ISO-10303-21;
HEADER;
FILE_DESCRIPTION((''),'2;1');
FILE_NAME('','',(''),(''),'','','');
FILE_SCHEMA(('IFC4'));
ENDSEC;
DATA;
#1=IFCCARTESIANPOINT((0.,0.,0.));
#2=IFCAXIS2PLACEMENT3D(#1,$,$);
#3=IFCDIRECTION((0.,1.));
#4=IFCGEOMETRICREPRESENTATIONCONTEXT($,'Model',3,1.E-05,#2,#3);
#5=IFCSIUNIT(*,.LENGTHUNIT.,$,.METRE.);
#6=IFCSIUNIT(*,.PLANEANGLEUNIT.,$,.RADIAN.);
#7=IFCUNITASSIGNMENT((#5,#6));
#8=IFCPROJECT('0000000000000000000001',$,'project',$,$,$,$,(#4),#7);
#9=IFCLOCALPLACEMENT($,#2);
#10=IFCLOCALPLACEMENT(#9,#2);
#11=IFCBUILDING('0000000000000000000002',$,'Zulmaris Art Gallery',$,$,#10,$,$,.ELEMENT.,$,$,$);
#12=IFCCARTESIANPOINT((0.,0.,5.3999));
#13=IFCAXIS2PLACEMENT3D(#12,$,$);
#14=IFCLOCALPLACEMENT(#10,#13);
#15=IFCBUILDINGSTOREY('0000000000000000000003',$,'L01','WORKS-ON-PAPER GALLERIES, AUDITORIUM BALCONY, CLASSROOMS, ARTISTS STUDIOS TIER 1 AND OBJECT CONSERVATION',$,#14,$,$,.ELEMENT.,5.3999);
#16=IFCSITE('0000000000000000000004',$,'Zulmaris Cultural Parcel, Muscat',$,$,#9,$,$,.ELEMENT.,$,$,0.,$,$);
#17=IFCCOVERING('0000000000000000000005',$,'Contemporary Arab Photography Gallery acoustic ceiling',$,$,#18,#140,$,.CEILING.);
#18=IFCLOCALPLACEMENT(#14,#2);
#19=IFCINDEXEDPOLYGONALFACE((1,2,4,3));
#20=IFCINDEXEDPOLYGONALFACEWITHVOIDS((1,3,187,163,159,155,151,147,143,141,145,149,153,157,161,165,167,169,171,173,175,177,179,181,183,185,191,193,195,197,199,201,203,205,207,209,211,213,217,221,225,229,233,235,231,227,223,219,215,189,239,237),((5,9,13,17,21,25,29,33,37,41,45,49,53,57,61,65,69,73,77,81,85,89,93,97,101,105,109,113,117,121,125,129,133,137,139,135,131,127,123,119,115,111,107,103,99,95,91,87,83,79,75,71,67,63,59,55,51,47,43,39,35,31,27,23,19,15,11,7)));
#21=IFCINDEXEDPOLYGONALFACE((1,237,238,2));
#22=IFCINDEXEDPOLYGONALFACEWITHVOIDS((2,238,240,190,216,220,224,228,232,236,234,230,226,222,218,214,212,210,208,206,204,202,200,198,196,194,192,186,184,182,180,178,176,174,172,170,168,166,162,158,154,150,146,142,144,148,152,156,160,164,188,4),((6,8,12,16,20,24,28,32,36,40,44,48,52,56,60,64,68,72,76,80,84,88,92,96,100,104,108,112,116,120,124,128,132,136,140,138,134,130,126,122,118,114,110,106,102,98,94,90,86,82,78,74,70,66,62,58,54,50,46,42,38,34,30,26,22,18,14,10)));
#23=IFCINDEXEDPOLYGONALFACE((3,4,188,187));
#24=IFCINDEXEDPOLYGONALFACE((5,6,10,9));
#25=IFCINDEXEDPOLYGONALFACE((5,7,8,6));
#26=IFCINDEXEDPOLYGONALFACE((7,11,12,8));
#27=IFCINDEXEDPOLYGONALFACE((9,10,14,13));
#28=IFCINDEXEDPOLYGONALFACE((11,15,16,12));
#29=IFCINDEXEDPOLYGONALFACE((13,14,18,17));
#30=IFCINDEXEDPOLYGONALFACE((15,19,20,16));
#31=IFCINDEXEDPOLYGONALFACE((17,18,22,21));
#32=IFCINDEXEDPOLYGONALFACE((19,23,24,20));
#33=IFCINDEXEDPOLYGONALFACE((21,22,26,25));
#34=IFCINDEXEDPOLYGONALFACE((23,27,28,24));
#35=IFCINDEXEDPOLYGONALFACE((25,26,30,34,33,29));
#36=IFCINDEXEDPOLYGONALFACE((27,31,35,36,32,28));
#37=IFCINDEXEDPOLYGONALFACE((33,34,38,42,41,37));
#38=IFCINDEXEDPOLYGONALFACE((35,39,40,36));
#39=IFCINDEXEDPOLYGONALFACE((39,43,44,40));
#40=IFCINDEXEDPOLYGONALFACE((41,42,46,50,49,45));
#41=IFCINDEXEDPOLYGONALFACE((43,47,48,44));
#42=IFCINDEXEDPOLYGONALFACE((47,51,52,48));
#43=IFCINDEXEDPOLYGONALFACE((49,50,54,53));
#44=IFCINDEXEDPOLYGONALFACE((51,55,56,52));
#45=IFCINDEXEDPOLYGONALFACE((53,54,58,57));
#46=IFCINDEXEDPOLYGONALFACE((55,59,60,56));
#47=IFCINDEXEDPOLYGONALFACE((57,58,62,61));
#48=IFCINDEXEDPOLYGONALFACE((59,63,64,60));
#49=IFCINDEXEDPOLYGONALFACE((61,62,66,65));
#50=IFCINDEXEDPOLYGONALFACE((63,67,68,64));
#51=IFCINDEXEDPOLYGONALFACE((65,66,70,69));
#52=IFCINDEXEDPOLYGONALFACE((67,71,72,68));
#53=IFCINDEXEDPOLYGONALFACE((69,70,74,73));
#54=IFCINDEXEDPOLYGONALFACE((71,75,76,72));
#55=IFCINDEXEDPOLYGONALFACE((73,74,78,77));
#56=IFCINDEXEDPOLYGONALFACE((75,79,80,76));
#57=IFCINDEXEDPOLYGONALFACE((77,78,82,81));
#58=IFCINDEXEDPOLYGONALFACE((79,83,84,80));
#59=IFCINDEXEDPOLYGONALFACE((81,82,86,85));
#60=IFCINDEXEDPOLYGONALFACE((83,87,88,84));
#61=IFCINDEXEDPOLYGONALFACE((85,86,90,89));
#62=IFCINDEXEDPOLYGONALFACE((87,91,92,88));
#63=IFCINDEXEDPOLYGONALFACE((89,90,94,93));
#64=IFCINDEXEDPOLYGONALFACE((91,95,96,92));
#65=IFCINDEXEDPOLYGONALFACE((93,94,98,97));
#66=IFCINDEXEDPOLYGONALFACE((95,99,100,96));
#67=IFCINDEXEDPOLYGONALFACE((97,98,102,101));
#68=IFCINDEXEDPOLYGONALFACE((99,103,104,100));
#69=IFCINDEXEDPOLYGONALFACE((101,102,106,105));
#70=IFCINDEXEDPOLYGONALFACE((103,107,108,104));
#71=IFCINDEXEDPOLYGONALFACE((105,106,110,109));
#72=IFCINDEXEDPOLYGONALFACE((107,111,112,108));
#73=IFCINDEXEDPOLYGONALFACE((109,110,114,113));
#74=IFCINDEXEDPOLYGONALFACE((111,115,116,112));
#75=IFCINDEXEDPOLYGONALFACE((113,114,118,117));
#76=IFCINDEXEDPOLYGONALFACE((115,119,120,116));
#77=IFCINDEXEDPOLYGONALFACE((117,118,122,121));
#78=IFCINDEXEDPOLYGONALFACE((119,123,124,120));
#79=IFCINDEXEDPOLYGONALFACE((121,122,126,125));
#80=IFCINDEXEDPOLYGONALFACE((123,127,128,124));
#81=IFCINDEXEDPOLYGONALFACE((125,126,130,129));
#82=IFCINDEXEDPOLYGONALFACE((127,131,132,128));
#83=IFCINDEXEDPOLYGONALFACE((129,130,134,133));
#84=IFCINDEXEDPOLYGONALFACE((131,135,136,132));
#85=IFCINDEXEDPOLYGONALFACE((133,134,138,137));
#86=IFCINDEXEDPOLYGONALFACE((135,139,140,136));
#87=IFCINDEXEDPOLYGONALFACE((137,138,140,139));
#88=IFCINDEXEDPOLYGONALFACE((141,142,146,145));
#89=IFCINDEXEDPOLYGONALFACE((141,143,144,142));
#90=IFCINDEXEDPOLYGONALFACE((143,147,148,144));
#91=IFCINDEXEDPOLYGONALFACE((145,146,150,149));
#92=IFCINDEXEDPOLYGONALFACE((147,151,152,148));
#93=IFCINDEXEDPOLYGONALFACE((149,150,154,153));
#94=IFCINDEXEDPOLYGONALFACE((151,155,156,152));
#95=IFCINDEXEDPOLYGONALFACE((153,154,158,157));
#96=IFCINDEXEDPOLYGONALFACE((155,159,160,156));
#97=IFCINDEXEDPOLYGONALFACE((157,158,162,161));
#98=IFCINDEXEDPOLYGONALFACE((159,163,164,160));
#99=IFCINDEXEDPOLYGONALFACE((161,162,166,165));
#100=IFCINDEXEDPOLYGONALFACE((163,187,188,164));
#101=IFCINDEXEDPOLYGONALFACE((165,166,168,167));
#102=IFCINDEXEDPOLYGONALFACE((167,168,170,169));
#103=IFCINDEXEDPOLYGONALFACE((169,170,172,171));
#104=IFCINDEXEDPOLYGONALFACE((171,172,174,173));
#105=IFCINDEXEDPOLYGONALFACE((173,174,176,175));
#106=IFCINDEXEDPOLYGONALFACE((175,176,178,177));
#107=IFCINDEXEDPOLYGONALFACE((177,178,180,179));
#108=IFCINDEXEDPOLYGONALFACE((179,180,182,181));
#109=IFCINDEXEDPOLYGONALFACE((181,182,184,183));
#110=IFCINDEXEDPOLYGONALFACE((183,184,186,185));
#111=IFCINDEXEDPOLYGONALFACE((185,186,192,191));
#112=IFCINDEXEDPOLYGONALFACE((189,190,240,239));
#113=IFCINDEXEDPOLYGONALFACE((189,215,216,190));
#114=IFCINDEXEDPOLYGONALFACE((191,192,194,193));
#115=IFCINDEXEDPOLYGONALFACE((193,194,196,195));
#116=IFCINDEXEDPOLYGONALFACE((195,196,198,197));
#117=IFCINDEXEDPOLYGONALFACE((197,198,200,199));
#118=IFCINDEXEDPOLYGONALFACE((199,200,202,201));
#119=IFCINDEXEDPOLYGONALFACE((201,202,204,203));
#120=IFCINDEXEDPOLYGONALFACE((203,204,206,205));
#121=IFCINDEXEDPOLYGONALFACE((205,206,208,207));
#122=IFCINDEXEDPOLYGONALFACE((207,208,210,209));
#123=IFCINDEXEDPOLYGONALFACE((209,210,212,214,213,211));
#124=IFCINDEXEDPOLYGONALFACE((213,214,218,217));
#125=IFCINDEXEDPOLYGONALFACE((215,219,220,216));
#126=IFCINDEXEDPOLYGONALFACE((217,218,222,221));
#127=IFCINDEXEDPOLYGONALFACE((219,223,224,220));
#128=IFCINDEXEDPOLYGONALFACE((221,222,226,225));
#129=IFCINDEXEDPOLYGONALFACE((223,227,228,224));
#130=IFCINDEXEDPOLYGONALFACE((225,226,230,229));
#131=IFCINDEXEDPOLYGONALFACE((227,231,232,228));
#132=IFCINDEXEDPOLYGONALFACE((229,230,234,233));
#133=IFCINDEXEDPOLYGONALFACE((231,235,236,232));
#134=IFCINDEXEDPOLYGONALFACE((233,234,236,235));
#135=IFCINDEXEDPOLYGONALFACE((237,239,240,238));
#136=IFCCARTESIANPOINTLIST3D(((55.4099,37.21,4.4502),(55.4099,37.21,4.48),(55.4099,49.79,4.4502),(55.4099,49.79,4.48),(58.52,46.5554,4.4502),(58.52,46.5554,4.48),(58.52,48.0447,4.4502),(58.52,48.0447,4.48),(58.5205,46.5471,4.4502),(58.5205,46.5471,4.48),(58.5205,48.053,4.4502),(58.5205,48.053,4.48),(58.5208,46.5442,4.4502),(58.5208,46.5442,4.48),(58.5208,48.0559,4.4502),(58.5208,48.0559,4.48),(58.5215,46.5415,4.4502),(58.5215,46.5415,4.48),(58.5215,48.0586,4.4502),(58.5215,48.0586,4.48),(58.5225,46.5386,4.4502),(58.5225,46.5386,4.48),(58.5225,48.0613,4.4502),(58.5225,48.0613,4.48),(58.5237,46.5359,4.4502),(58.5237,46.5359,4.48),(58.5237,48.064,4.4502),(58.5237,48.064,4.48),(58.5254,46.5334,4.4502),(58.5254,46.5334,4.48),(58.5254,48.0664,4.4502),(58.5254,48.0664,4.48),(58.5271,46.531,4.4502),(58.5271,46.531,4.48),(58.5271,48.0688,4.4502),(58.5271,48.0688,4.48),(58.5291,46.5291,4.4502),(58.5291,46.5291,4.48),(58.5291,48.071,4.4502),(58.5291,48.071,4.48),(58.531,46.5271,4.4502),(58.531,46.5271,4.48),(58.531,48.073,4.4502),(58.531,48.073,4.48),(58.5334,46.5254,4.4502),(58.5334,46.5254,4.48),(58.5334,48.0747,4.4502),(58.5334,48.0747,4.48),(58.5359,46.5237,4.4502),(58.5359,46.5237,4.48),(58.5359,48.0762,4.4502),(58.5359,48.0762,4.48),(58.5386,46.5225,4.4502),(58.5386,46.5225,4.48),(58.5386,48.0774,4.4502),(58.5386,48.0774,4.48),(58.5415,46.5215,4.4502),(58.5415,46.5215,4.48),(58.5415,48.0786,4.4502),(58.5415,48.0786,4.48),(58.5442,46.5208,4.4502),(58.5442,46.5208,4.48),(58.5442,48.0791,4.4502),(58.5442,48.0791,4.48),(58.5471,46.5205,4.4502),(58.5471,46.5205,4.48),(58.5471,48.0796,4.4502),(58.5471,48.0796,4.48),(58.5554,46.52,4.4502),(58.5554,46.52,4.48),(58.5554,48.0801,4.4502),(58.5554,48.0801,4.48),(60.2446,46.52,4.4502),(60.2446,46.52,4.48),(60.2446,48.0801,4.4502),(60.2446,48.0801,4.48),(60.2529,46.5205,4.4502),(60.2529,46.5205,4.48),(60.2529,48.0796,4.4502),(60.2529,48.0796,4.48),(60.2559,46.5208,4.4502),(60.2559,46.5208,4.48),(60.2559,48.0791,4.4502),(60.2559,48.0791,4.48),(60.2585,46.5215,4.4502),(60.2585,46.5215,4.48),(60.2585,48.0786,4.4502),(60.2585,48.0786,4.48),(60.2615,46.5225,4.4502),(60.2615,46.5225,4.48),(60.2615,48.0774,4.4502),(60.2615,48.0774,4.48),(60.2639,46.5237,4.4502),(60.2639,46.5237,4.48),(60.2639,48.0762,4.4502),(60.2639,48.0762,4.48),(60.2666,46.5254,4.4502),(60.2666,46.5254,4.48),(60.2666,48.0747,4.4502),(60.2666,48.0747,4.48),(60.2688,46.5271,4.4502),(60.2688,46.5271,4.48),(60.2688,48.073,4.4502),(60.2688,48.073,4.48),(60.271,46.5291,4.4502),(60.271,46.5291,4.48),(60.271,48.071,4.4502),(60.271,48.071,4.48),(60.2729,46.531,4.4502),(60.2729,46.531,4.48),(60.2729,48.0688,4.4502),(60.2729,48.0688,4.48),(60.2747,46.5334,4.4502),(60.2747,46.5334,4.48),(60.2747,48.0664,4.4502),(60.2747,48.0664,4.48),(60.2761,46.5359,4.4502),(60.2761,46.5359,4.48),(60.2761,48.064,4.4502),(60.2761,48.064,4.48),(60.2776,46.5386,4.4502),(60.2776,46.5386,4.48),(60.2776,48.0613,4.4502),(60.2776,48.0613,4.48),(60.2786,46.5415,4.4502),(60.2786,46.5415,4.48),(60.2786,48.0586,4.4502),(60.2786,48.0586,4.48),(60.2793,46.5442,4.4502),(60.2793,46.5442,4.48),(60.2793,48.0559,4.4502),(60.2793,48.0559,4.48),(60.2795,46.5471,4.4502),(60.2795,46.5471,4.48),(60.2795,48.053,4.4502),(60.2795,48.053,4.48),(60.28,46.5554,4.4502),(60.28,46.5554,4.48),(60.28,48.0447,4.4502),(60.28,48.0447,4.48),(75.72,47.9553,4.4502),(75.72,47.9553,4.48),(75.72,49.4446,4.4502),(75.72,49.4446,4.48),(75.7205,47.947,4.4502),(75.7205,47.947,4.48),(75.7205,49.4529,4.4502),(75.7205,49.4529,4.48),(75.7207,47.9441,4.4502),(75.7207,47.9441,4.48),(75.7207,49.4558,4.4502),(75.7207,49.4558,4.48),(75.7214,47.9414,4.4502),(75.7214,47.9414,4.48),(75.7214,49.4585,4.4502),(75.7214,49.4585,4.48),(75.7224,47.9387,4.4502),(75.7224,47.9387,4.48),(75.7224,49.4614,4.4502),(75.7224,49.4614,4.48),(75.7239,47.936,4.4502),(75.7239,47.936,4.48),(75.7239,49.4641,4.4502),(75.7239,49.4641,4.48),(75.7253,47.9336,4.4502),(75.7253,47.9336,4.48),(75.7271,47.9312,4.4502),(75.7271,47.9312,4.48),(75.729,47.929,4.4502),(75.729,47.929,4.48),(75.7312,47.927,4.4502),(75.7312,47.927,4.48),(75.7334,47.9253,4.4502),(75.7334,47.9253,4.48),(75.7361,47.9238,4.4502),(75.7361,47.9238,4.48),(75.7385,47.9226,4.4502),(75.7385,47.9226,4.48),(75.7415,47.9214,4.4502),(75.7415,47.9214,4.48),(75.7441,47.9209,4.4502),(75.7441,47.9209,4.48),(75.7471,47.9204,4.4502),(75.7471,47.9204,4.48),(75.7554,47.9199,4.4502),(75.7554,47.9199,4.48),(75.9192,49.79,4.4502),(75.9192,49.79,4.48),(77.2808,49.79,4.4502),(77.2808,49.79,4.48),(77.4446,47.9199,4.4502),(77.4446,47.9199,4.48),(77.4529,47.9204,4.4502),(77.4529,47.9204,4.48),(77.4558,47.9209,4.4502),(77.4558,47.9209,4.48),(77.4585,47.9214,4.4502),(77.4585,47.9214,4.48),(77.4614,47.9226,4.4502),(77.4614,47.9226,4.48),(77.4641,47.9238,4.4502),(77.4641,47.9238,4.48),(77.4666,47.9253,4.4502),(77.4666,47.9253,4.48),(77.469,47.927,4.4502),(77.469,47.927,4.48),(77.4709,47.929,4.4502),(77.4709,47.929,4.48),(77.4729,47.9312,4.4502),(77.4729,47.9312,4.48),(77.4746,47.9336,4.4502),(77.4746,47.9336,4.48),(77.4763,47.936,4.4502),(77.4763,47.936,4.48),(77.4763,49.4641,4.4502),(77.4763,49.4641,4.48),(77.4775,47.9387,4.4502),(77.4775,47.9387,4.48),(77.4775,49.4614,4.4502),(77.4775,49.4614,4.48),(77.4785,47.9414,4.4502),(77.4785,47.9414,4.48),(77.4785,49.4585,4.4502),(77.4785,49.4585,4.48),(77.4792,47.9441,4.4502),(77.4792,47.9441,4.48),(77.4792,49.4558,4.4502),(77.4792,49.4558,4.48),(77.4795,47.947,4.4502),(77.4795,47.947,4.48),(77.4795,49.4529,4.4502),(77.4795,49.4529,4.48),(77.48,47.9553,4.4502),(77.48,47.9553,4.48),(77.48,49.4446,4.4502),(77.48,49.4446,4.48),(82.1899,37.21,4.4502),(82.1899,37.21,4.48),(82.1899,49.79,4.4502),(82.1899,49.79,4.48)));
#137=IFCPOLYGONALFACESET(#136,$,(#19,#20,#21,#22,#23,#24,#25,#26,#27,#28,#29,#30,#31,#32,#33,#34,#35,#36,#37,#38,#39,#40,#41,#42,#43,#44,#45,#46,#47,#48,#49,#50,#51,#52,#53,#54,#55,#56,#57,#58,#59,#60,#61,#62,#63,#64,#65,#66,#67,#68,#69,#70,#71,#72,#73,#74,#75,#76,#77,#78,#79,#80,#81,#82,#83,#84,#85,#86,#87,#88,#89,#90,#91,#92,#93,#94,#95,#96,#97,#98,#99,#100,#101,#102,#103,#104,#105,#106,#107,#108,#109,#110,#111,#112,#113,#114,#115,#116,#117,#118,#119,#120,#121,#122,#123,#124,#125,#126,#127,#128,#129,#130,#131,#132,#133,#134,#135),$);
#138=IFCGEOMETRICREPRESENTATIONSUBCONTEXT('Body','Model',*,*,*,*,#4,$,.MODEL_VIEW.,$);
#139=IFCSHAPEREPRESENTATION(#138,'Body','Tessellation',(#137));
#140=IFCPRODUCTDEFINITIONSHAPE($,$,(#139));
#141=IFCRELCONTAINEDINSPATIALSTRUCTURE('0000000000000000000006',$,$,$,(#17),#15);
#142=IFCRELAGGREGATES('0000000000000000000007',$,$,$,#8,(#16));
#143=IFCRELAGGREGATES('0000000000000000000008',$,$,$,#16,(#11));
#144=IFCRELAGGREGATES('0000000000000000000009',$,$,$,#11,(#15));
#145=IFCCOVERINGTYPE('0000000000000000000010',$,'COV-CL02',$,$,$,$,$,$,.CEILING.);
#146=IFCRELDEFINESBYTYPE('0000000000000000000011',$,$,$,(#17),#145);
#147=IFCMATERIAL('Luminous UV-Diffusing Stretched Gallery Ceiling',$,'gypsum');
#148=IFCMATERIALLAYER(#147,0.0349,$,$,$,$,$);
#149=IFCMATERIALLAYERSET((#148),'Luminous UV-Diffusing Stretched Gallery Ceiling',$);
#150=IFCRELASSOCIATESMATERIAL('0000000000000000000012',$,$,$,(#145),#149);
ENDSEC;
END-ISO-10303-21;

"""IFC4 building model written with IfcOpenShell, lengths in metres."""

from ifc_helpers import new_model, si_unit, direction, frame, origin, place, context, subcontext, project, spatial, polyline, outline, extrude, material, layer, layer_set, type_object, element, save


model = new_model("IFC4")

# Units and contexts
model_context = context("Model", 3, precision=1e-05, world=origin(), true_north=direction((0.0, 1.0)))
body_context = subcontext(model_context, "Body", "Model", "MODEL_VIEW")
ifc_project = project(units=[si_unit("LENGTHUNIT", "METRE"), si_unit("PLANEANGLEUNIT", "RADIAN")], contexts=[model_context])

# Site, building, storey
site_placement = place(None, origin())
site = spatial("IfcSite", under=ifc_project, at=site_placement, Name="Zulmaris Cultural Parcel, Muscat", CompositionType="ELEMENT", RefElevation=0.0)
building_placement = place(site_placement, origin())
building = spatial("IfcBuilding", under=site, at=building_placement, Name="Zulmaris Art Gallery", CompositionType="ELEMENT")
storey_placement = place(building_placement, frame((0.0, 0.0, 5.3999)))
storey = spatial("IfcBuildingStorey", under=building, at=storey_placement, Name="L01", Description="WORKS-ON-PAPER GALLERIES, AUDITORIUM BALCONY, CLASSROOMS, ARTISTS STUDIOS TIER 1 AND OBJECT CONSERVATION", CompositionType="ELEMENT", Elevation=5.3999)

# Covering
ifc_material_1 = material(Name="Luminous UV-Diffusing Stretched Gallery Ceiling", Category="gypsum")
ifc_layer_1 = layer(ifc_material_1, 0.0349)
ifc_layer_set_1 = layer_set([ifc_layer_1], Name="Luminous UV-Diffusing Stretched Gallery Ceiling")
covering_type_1 = type_object("IfcCoveringType", Name="COV-CL02", PredefinedType="CEILING", material=ifc_layer_set_1)
covering_1_placement = place(storey_placement, frame((0.0, 0.0, 4.4502)))
element("IfcCovering", 1, at=covering_1_placement, inside=storey, type_object=covering_type_1, Name="Contemporary Arab Photography Gallery acoustic ceiling", PredefinedType="CEILING", context=body_context, shape_type="SweptSolid", body=[
    extrude(outline(polyline([(75.7214, 49.4585), (75.7207, 49.4558), (75.7205, 49.4529), (75.72, 49.4446), (75.72, 47.9553), (75.7205, 47.947), (75.7207, 47.9441), (75.7214, 47.9414), (75.7224, 47.9387), (75.7239, 47.936), (75.7253, 47.9336), (75.7271, 47.9312), (75.729, 47.929), (75.7312, 47.927), (75.7334, 47.9253), (75.7361, 47.9238), (75.7385, 47.9226), (75.7415, 47.9214), (75.7441, 47.9209), (75.7471, 47.9204), (75.7554, 47.9199), (77.4446, 47.9199), (77.4529, 47.9204), (77.4558, 47.9209), (77.4585, 47.9214), (77.4614, 47.9226), (77.4641, 47.9238), (77.4666, 47.9253), (77.469, 47.927), (77.4709, 47.929), (77.4729, 47.9312), (77.4746, 47.9336), (77.4763, 47.936), (77.4775, 47.9387), (77.4785, 47.9414), (77.4792, 47.9441), (77.4795, 47.947), (77.48, 47.9553), (77.48, 49.4446), (77.4795, 49.4529), (77.4792, 49.4558), (77.4785, 49.4585), (77.4775, 49.4614), (77.4763, 49.4641), (77.2808, 49.79), (82.1899, 49.79), (82.1899, 37.21), (55.4099, 37.21), (55.4099, 49.79), (75.9192, 49.79), (75.7239, 49.4641), (75.7224, 49.4614), (75.7214, 49.4585)]), holes=[polyline([(58.5415, 48.0786), (58.5386, 48.0774), (58.5359, 48.0762), (58.5334, 48.0747), (58.531, 48.073), (58.5291, 48.071), (58.5271, 48.0688), (58.5254, 48.0664), (58.5237, 48.064), (58.5225, 48.0613), (58.5215, 48.0586), (58.5208, 48.0559), (58.5205, 48.053), (58.52, 48.0447), (58.52, 46.5554), (58.5205, 46.5471), (58.5208, 46.5442), (58.5215, 46.5415), (58.5225, 46.5386), (58.5237, 46.5359), (58.5254, 46.5334), (58.5271, 46.531), (58.5291, 46.5291), (58.531, 46.5271), (58.5334, 46.5254), (58.5359, 46.5237), (58.5386, 46.5225), (58.5415, 46.5215), (58.5442, 46.5208), (58.5471, 46.5205), (58.5554, 46.52), (60.2446, 46.52), (60.2529, 46.5205), (60.2559, 46.5208), (60.2585, 46.5215), (60.2615, 46.5225), (60.2639, 46.5237), (60.2666, 46.5254), (60.2688, 46.5271), (60.271, 46.5291), (60.2729, 46.531), (60.2747, 46.5334), (60.2761, 46.5359), (60.2776, 46.5386), (60.2786, 46.5415), (60.2793, 46.5442), (60.2795, 46.5471), (60.28, 46.5554), (60.28, 48.0447), (60.2795, 48.053), (60.2793, 48.0559), (60.2786, 48.0586), (60.2776, 48.0613), (60.2761, 48.064), (60.2747, 48.0664), (60.2729, 48.0688), (60.271, 48.071), (60.2688, 48.073), (60.2666, 48.0747), (60.2639, 48.0762), (60.2615, 48.0774), (60.2585, 48.0786), (60.2559, 48.0791), (60.2529, 48.0796), (60.2446, 48.0801), (58.5554, 48.0801), (58.5471, 48.0796), (58.5442, 48.0791), (58.5415, 48.0786)])]), origin(), (0.0, 0.0, 1.0), 0.0298),
])

save(model, "model.ifc")
